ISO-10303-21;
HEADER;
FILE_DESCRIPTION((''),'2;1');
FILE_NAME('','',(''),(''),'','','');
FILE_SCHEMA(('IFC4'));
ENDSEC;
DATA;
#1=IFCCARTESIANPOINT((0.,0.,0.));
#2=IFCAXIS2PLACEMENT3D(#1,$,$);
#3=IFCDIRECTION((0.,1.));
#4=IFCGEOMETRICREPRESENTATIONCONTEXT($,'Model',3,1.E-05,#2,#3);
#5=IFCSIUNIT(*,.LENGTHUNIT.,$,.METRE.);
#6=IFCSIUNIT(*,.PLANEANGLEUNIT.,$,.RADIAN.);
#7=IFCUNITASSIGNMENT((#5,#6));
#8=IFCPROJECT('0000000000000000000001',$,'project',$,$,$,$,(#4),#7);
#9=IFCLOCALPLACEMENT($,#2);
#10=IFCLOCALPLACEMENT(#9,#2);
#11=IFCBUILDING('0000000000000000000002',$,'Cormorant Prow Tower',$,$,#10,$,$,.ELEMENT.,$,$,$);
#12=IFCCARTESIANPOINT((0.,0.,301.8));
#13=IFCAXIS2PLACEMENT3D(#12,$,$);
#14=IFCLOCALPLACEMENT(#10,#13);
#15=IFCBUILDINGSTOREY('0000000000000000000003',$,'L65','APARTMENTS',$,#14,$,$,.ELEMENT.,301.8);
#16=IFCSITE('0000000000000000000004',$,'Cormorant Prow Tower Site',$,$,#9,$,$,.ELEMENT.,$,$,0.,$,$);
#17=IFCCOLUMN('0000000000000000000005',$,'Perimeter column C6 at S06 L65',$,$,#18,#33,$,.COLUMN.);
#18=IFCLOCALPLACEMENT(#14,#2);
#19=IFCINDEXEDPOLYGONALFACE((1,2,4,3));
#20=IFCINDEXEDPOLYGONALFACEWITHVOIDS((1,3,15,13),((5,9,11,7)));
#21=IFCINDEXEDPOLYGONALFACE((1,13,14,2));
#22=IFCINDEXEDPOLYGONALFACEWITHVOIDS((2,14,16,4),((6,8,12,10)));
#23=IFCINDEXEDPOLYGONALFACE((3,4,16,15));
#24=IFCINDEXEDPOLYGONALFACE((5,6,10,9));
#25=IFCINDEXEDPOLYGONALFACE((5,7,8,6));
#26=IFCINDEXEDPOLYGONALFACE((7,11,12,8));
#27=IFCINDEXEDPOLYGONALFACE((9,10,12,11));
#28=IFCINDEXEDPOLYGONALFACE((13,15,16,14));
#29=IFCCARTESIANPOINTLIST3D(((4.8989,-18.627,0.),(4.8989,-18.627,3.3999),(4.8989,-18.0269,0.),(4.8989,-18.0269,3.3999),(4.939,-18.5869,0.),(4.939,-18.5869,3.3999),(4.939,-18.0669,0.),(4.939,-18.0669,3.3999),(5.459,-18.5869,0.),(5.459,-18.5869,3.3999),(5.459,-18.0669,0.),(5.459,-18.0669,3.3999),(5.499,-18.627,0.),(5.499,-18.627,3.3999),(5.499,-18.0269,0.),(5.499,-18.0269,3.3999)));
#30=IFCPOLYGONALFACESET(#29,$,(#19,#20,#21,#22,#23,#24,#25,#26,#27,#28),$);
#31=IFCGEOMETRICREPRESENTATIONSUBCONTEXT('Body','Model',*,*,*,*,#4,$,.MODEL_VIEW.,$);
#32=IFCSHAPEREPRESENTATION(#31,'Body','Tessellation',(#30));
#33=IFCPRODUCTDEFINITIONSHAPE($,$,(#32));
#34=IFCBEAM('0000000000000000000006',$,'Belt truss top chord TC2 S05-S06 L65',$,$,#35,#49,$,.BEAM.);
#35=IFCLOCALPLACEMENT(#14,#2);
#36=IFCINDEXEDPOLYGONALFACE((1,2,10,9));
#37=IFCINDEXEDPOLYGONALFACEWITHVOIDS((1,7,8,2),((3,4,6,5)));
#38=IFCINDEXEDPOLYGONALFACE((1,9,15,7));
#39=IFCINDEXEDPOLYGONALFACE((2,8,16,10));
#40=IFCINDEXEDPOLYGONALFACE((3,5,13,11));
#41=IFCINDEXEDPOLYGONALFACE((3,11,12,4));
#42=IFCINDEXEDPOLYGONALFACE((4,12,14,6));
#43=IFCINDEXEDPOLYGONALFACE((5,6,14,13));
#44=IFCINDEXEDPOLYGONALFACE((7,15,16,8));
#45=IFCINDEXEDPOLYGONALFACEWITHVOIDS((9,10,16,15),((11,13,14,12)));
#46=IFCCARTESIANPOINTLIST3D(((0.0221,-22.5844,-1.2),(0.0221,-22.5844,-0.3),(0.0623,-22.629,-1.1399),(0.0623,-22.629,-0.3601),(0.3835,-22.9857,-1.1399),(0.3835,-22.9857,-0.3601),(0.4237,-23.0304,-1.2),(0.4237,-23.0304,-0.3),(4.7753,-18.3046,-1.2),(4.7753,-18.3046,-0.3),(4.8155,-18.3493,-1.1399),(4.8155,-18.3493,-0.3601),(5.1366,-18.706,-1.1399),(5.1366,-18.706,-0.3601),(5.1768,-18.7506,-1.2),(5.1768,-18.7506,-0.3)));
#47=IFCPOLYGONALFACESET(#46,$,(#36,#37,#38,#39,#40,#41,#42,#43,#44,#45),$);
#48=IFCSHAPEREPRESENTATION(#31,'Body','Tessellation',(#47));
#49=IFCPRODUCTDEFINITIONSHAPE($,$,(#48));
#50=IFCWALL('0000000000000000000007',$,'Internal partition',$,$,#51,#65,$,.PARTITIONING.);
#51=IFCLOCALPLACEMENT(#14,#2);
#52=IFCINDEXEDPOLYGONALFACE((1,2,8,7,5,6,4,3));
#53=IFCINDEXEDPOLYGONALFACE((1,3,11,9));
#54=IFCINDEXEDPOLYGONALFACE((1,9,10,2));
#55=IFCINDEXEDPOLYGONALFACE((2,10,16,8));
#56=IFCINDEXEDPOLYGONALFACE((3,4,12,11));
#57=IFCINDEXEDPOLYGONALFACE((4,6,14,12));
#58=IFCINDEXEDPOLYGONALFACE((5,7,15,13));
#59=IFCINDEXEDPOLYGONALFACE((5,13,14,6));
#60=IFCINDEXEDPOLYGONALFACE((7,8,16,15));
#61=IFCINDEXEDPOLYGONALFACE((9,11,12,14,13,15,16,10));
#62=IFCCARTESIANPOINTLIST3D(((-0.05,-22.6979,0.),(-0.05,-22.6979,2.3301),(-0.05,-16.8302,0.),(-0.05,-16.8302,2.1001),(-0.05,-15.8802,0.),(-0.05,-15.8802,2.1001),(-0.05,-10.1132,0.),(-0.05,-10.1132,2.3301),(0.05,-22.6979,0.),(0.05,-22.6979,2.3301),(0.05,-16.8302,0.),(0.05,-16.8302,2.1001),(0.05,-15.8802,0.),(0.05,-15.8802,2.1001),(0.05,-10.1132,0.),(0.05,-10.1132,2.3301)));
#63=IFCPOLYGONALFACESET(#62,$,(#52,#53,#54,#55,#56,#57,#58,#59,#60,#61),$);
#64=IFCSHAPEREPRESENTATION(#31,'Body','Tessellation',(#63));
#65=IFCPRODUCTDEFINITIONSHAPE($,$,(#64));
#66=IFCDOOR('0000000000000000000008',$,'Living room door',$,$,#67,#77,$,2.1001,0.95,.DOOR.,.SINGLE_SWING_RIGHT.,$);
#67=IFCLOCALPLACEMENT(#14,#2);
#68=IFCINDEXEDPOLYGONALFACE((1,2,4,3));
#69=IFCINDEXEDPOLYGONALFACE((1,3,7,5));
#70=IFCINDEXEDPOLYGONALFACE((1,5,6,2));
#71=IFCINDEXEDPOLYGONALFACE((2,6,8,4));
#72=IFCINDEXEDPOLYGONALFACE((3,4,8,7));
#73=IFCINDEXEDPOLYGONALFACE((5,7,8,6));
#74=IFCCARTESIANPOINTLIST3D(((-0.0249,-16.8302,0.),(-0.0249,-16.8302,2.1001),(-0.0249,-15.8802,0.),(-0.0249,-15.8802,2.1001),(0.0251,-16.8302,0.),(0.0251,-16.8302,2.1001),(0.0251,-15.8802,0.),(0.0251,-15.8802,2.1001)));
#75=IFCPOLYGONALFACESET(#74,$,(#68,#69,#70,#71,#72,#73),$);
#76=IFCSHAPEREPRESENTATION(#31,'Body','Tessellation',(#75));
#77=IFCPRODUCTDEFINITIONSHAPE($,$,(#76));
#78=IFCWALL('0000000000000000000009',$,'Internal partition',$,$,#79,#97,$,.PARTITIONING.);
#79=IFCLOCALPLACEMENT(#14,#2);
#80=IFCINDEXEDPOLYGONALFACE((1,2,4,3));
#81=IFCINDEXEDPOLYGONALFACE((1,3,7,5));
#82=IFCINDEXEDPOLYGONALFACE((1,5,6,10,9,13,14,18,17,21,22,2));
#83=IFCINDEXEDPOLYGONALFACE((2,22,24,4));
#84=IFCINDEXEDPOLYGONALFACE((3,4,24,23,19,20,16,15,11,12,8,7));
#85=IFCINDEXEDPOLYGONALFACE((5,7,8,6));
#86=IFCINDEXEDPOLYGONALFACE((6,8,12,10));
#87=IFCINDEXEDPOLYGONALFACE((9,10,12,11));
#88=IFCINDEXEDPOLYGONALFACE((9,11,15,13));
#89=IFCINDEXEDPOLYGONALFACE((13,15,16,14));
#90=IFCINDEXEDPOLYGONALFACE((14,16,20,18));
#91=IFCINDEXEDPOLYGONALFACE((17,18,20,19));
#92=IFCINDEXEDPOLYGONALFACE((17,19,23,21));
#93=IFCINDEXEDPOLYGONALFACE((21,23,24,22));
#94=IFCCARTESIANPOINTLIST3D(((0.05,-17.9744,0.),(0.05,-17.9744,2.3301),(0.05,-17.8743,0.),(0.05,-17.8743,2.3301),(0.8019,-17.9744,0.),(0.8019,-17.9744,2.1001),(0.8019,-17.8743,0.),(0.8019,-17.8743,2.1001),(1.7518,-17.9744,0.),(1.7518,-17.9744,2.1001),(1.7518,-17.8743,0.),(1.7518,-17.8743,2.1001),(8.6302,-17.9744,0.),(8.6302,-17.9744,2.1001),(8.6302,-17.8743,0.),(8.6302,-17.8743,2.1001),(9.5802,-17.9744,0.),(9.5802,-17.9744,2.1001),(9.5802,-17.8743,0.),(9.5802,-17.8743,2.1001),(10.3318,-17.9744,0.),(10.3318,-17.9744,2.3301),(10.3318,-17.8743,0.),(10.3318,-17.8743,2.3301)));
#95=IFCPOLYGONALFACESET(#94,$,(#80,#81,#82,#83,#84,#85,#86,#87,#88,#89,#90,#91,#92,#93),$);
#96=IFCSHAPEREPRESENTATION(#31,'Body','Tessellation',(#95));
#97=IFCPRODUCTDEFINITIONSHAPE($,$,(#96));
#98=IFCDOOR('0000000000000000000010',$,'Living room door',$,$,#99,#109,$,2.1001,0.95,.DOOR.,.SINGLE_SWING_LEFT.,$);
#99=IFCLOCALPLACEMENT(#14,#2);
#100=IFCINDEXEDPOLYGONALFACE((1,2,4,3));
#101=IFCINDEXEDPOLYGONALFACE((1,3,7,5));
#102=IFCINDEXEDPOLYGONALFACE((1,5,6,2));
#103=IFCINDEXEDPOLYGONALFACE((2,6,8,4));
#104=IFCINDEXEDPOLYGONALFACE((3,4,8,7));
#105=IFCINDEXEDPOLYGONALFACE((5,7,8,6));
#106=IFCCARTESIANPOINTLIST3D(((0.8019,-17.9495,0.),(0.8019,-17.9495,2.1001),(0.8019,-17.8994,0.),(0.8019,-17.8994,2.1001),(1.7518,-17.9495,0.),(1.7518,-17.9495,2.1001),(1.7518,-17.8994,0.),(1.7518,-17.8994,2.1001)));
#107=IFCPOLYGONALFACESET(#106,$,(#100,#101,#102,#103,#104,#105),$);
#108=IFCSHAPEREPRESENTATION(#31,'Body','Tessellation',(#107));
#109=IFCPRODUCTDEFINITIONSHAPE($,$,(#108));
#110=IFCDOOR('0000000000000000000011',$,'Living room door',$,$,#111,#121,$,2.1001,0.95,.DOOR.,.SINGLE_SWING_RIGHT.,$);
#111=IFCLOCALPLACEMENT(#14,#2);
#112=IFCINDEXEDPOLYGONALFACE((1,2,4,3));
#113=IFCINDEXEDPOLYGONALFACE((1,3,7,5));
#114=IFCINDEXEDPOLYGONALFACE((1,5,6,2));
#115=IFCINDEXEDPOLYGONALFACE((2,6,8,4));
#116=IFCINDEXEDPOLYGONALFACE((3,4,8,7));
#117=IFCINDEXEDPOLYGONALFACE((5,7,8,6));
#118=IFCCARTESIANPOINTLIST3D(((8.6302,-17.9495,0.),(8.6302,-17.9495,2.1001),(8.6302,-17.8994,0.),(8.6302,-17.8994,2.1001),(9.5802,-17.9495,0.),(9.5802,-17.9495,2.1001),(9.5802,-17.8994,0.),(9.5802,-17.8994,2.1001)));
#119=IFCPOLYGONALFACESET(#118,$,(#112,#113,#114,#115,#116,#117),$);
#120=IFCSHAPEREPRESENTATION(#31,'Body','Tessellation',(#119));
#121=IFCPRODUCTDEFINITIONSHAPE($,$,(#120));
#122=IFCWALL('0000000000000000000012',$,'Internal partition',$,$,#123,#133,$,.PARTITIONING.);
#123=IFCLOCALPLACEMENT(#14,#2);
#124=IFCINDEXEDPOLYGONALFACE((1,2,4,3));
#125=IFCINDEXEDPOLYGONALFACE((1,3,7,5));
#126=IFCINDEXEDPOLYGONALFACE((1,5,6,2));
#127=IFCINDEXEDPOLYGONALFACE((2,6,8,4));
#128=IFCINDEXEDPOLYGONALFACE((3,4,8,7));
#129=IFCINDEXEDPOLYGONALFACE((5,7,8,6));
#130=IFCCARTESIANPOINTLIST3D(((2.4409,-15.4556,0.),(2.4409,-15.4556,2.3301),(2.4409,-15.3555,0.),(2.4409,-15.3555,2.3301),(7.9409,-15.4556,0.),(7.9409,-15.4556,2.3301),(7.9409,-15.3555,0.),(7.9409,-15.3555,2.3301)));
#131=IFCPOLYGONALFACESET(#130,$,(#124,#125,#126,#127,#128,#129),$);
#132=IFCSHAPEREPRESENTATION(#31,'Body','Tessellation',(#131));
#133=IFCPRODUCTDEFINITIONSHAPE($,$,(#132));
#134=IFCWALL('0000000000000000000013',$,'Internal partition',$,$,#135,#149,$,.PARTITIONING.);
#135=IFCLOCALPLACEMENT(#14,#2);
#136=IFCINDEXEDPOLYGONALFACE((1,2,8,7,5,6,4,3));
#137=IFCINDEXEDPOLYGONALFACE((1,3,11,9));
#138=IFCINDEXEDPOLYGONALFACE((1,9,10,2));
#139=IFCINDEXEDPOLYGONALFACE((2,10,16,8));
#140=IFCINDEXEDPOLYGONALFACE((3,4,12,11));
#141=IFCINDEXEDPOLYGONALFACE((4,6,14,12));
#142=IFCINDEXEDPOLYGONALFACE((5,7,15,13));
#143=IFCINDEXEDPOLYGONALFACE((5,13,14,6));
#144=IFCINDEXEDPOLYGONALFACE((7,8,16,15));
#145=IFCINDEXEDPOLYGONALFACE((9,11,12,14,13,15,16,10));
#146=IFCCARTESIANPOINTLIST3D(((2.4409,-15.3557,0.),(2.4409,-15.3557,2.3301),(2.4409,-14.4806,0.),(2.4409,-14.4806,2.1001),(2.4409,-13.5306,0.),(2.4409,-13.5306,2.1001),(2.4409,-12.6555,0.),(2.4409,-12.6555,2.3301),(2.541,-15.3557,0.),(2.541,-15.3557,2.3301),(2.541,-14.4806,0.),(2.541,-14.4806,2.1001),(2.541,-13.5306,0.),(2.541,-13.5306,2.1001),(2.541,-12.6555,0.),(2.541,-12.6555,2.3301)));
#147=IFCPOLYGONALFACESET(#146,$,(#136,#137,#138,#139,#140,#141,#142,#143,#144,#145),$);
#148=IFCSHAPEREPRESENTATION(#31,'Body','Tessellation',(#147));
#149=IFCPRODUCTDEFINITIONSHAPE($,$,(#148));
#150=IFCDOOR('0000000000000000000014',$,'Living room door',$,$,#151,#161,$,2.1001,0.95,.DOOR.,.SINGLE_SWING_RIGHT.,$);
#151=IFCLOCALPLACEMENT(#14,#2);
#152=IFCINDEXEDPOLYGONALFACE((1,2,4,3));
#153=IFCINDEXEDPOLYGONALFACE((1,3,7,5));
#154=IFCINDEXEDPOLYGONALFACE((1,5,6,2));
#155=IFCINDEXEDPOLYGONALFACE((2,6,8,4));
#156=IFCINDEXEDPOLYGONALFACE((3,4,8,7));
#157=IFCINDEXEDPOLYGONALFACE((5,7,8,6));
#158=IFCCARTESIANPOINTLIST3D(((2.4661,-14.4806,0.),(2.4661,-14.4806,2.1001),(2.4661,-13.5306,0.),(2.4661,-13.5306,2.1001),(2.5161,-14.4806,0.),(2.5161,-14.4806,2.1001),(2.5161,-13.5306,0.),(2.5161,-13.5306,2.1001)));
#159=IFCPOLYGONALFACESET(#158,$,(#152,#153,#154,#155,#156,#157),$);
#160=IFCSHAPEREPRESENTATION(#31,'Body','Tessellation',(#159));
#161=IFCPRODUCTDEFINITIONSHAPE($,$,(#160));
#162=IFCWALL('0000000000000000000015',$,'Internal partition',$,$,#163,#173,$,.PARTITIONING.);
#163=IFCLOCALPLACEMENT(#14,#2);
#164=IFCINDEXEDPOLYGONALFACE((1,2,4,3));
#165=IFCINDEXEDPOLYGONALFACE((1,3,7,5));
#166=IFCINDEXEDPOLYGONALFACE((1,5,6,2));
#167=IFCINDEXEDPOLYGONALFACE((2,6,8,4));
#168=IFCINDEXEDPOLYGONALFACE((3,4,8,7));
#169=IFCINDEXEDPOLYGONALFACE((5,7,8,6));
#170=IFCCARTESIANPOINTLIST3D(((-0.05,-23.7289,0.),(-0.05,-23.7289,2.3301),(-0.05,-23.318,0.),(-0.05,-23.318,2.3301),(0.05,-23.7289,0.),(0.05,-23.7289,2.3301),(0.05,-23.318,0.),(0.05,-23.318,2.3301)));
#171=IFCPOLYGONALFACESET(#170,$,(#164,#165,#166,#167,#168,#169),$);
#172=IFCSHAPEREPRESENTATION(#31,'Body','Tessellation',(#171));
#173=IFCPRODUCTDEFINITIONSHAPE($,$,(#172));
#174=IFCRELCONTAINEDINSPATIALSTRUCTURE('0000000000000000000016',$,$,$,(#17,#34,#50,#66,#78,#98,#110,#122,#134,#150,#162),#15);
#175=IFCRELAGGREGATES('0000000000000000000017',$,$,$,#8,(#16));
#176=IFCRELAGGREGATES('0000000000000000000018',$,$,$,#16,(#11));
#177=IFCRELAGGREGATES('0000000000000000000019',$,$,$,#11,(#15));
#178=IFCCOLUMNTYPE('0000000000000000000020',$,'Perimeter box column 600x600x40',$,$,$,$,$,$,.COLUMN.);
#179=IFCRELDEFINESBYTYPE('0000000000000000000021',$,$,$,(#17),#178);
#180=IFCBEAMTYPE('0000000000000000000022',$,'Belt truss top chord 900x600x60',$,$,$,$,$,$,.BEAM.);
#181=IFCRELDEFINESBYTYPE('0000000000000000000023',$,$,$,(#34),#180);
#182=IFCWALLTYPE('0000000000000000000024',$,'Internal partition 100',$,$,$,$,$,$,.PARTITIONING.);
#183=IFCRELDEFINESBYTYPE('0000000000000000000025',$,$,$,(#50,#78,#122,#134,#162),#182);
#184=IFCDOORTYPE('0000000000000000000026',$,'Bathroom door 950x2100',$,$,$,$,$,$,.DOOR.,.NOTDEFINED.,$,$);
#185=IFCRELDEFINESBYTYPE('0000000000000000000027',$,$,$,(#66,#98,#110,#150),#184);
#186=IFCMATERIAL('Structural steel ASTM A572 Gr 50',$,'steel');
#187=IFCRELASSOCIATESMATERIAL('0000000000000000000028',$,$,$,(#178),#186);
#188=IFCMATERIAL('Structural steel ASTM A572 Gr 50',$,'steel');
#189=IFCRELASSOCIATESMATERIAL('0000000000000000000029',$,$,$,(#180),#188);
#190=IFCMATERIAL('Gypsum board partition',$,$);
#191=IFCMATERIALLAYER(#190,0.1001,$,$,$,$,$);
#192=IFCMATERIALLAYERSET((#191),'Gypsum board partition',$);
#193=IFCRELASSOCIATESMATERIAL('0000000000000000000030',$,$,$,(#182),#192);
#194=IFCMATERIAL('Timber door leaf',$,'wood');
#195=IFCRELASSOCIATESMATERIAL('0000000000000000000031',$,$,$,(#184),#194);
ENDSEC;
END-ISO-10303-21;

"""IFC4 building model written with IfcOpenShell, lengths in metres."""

from ifc_helpers import new_model, si_unit, direction, frame, frame_2d, origin, origin_2d, place, context, subcontext, project, spatial, rectangle, hollow_rectangle, extrude, material, layer, layer_set, material_profile, profile_set, type_object, element, fill, save


model = new_model("IFC4")

# Units and contexts
model_context = context("Model", 3, precision=1e-05, world=origin(), true_north=direction((0.0, 1.0)))
body_context = subcontext(model_context, "Body", "Model", "MODEL_VIEW")
ifc_project = project(units=[si_unit("LENGTHUNIT", "METRE"), si_unit("PLANEANGLEUNIT", "RADIAN")], contexts=[model_context])

# Site, building, storey
site_placement = place(None, origin())
site = spatial("IfcSite", under=ifc_project, at=site_placement, Name="Cormorant Prow Tower Site", CompositionType="ELEMENT", RefElevation=0.0)
building_placement = place(site_placement, origin())
building = spatial("IfcBuilding", under=site, at=building_placement, Name="Cormorant Prow Tower", CompositionType="ELEMENT")
storey_placement = place(building_placement, frame((0.0, 0.0, 301.8)))
storey = spatial("IfcBuildingStorey", under=building, at=storey_placement, Name="L65", Description="APARTMENTS", CompositionType="ELEMENT", Elevation=301.8)

# Column
ifc_material_1 = material(Name="Structural steel ASTM A572 Gr 50", Category="steel")
ifc_material_profile_1 = material_profile(ifc_material_1, hollow_rectangle(XDim=0.6001, YDim=0.6001, WallThickness=0.04, at=origin_2d()), Name="Box 600x600x40")
ifc_profile_set_1 = profile_set([ifc_material_profile_1], Name="Structural steel ASTM A572 Gr 50")
column_type = type_object("IfcColumnType", Name="Perimeter box column 600x600x40", PredefinedType="COLUMN", material=ifc_profile_set_1)
column_placement = place(storey_placement, frame((5.199, -18.3269, 0.0), z_axis=(0.0, 0.0, 1.0), x_axis=(1.0, 0.0, 0.0)))
element("IfcColumn", 1, at=column_placement, inside=storey, type_object=column_type, Name="Perimeter column C6 at S06 L65", PredefinedType="COLUMN", context=body_context, shape_type="SweptSolid", body=[
    extrude(hollow_rectangle(XDim=0.6001, YDim=0.6001, WallThickness=0.04, at=origin_2d()), origin(), (0.0, 0.0, 1.0), 3.3999),
])

# Beam
ifc_material_2 = material(Name="Structural steel ASTM A572 Gr 50", Category="steel")
ifc_material_profile_2 = material_profile(ifc_material_2, hollow_rectangle(XDim=0.6001, YDim=0.8999, WallThickness=0.0601, at=origin_2d()), Name="Box 900x600x60")
ifc_profile_set_2 = profile_set([ifc_material_profile_2], Name="Structural steel ASTM A572 Gr 50")
beam_type = type_object("IfcBeamType", Name="Belt truss top chord 900x600x60", PredefinedType="BEAM", material=ifc_profile_set_2)
beam_placement = place(storey_placement, frame((0.2229, -22.8074, -0.75), z_axis=(0.743144, 0.669131, 0.0), x_axis=(-0.669131, 0.743144, 0.0)))
element("IfcBeam", 2, at=beam_placement, inside=storey, type_object=beam_type, Name="Belt truss top chord TC2 S05-S06 L65", PredefinedType="BEAM", context=body_context, shape_type="SweptSolid", body=[
    extrude(hollow_rectangle(XDim=0.6001, YDim=0.8999, WallThickness=0.0601, at=origin_2d()), origin(), (0.0, 0.0, 1.0), 6.396),
])

# Wall, opening, door
ifc_material_3 = material(Name="Gypsum board partition")
ifc_layer_1 = layer(ifc_material_3, 0.1001)
ifc_layer_set_1 = layer_set([ifc_layer_1], Name="Gypsum board partition")
wall_type_1 = type_object("IfcWallType", Name="Internal partition 100", PredefinedType="PARTITIONING", material=ifc_layer_set_1)
wall_1_placement = place(storey_placement, frame((0.0, -22.698, 0.0), z_axis=(0.0, 0.0, 1.0), x_axis=(0.0, 1.0, 0.0)))
wall_1 = element("IfcWall", 3, at=wall_1_placement, inside=storey, type_object=wall_type_1, Name="Internal partition", PredefinedType="PARTITIONING", context=body_context, shape_type="SweptSolid", body=[
    extrude(rectangle(XDim=12.5847, YDim=0.1001, at=frame_2d((6.2925, 0.0))), origin(), (0.0, 0.0, 1.0), 2.3301),
])
opening_1_placement = place(wall_1_placement, frame((5.8677, 0.0, 0.0)))
opening_1 = element("IfcOpeningElement", 4, at=opening_1_placement, cuts=wall_1, PredefinedType="OPENING", context=body_context, shape_type="SweptSolid", body=[
    extrude(rectangle(XDim=0.95, YDim=2.1001, at=frame_2d((0.4751, 1.05))), frame((0.0, 0.0601, 0.0), z_axis=(0.0, -1.0, 0.0), x_axis=(1.0, 0.0, 0.0)), (0.0, 0.0, 1.0), 0.1201),
])
ifc_material_4 = material(Name="Timber door leaf", Category="wood")
door_type_1 = type_object("IfcDoorType", Name="Bathroom door 950x2100", OperationType="NOTDEFINED", PredefinedType="DOOR", material=ifc_material_4)
door_1_placement = place(opening_1_placement, origin())
door_1 = element("IfcDoor", 5, at=door_1_placement, inside=storey, type_object=door_type_1, Name="Living room door", OperationType="SINGLE_SWING_RIGHT", OverallHeight=2.1001, OverallWidth=0.95, PredefinedType="DOOR", context=body_context, shape_type="SweptSolid", body=[
    extrude(rectangle(XDim=0.95, YDim=2.1001, at=frame_2d((0.4751, 1.05))), frame((0.0, 0.0249, 0.0), z_axis=(0.0, -1.0, 0.0), x_axis=(1.0, 0.0, 0.0)), (0.0, 0.0, 1.0), 0.05),
])
fill(opening_1, door_1)

# Wall, openings, doors
wall_2_placement = place(storey_placement, frame((0.05, -17.9243, 0.0), z_axis=(0.0, 0.0, 1.0), x_axis=(1.0, 0.0, 0.0)))
wall_2 = element("IfcWall", 6, at=wall_2_placement, inside=storey, type_object=wall_type_1, Name="Internal partition", PredefinedType="PARTITIONING", context=body_context, shape_type="SweptSolid", body=[
    extrude(rectangle(XDim=10.2817, YDim=0.1001, at=frame_2d((5.1409, 0.0))), origin(), (0.0, 0.0, 1.0), 2.3301),
])
opening_2_placement = place(wall_2_placement, frame((0.7517, 0.0, 0.0)))
opening_2 = element("IfcOpeningElement", 7, at=opening_2_placement, cuts=wall_2, PredefinedType="OPENING", context=body_context, shape_type="SweptSolid", body=[
    extrude(rectangle(XDim=0.95, YDim=2.1001, at=frame_2d((0.4751, 1.05))), frame((0.0, 0.0601, 0.0), z_axis=(0.0, -1.0, 0.0), x_axis=(1.0, 0.0, 0.0)), (0.0, 0.0, 1.0), 0.1201),
])
opening_3_placement = place(wall_2_placement, frame((8.5801, 0.0, 0.0)))
opening_3 = element("IfcOpeningElement", 8, at=opening_3_placement, cuts=wall_2, PredefinedType="OPENING", context=body_context, shape_type="SweptSolid", body=[
    extrude(rectangle(XDim=0.95, YDim=2.1001, at=frame_2d((0.4751, 1.05))), frame((0.0, 0.0601, 0.0), z_axis=(0.0, -1.0, 0.0), x_axis=(1.0, 0.0, 0.0)), (0.0, 0.0, 1.0), 0.1201),
])
door_2_placement = place(opening_2_placement, origin())
door_2 = element("IfcDoor", 9, at=door_2_placement, inside=storey, type_object=door_type_1, Name="Living room door", OperationType="SINGLE_SWING_LEFT", OverallHeight=2.1001, OverallWidth=0.95, PredefinedType="DOOR", context=body_context, shape_type="SweptSolid", body=[
    extrude(rectangle(XDim=0.95, YDim=2.1001, at=frame_2d((0.4751, 1.05))), frame((0.0, 0.0249, 0.0), z_axis=(0.0, -1.0, 0.0), x_axis=(1.0, 0.0, 0.0)), (0.0, 0.0, 1.0), 0.05),
])
fill(opening_2, door_2)
door_3_placement = place(opening_3_placement, origin())
door_3 = element("IfcDoor", 10, at=door_3_placement, inside=storey, type_object=door_type_1, Name="Living room door", OperationType="SINGLE_SWING_RIGHT", OverallHeight=2.1001, OverallWidth=0.95, PredefinedType="DOOR", context=body_context, shape_type="SweptSolid", body=[
    extrude(rectangle(XDim=0.95, YDim=2.1001, at=frame_2d((0.4751, 1.05))), frame((0.0, 0.0249, 0.0), z_axis=(0.0, -1.0, 0.0), x_axis=(1.0, 0.0, 0.0)), (0.0, 0.0, 1.0), 0.05),
])
fill(opening_3, door_3)

# Wall
wall_3_placement = place(storey_placement, frame((2.4409, -15.4055, 0.0), z_axis=(0.0, 0.0, 1.0), x_axis=(1.0, 0.0, 0.0)))
element("IfcWall", 11, at=wall_3_placement, inside=storey, type_object=wall_type_1, Name="Internal partition", PredefinedType="PARTITIONING", context=body_context, shape_type="SweptSolid", body=[
    extrude(rectangle(XDim=5.5, YDim=0.1001, at=frame_2d((2.75, 0.0))), origin(), (0.0, 0.0, 1.0), 2.3301),
])

# Wall, opening, door
wall_4_placement = place(storey_placement, frame((2.491, -15.3557, 0.0), z_axis=(0.0, 0.0, 1.0), x_axis=(0.0, 1.0, 0.0)))
wall_4 = element("IfcWall", 12, at=wall_4_placement, inside=storey, type_object=wall_type_1, Name="Internal partition", PredefinedType="PARTITIONING", context=body_context, shape_type="SweptSolid", body=[
    extrude(rectangle(XDim=2.7002, YDim=0.1001, at=frame_2d((1.3501, 0.0))), origin(), (0.0, 0.0, 1.0), 2.3301),
])
opening_4_placement = place(wall_4_placement, frame((0.875, 0.0, 0.0)))
opening_4 = element("IfcOpeningElement", 13, at=opening_4_placement, cuts=wall_4, PredefinedType="OPENING", context=body_context, shape_type="SweptSolid", body=[
    extrude(rectangle(XDim=0.95, YDim=2.1001, at=frame_2d((0.4751, 1.05))), frame((0.0, 0.0601, 0.0), z_axis=(0.0, -1.0, 0.0), x_axis=(1.0, 0.0, 0.0)), (0.0, 0.0, 1.0), 0.1201),
])
door_4_placement = place(opening_4_placement, origin())
door_4 = element("IfcDoor", 14, at=door_4_placement, inside=storey, type_object=door_type_1, Name="Living room door", OperationType="SINGLE_SWING_RIGHT", OverallHeight=2.1001, OverallWidth=0.95, PredefinedType="DOOR", context=body_context, shape_type="SweptSolid", body=[
    extrude(rectangle(XDim=0.95, YDim=2.1001, at=frame_2d((0.4751, 1.05))), frame((0.0, 0.0249, 0.0), z_axis=(0.0, -1.0, 0.0), x_axis=(1.0, 0.0, 0.0)), (0.0, 0.0, 1.0), 0.05),
])
fill(opening_4, door_4)

# Wall
wall_5_placement = place(storey_placement, frame((0.0, -23.729, 0.0), z_axis=(0.0, 0.0, 1.0), x_axis=(0.0, 1.0, 0.0)))
element("IfcWall", 15, at=wall_5_placement, inside=storey, type_object=wall_type_1, Name="Internal partition", PredefinedType="PARTITIONING", context=body_context, shape_type="SweptSolid", body=[
    extrude(rectangle(XDim=0.4109, YDim=0.1001, at=frame_2d((0.2056, 0.0))), origin(), (0.0, 0.0, 1.0), 2.3301),
])

save(model, "model.ifc")
